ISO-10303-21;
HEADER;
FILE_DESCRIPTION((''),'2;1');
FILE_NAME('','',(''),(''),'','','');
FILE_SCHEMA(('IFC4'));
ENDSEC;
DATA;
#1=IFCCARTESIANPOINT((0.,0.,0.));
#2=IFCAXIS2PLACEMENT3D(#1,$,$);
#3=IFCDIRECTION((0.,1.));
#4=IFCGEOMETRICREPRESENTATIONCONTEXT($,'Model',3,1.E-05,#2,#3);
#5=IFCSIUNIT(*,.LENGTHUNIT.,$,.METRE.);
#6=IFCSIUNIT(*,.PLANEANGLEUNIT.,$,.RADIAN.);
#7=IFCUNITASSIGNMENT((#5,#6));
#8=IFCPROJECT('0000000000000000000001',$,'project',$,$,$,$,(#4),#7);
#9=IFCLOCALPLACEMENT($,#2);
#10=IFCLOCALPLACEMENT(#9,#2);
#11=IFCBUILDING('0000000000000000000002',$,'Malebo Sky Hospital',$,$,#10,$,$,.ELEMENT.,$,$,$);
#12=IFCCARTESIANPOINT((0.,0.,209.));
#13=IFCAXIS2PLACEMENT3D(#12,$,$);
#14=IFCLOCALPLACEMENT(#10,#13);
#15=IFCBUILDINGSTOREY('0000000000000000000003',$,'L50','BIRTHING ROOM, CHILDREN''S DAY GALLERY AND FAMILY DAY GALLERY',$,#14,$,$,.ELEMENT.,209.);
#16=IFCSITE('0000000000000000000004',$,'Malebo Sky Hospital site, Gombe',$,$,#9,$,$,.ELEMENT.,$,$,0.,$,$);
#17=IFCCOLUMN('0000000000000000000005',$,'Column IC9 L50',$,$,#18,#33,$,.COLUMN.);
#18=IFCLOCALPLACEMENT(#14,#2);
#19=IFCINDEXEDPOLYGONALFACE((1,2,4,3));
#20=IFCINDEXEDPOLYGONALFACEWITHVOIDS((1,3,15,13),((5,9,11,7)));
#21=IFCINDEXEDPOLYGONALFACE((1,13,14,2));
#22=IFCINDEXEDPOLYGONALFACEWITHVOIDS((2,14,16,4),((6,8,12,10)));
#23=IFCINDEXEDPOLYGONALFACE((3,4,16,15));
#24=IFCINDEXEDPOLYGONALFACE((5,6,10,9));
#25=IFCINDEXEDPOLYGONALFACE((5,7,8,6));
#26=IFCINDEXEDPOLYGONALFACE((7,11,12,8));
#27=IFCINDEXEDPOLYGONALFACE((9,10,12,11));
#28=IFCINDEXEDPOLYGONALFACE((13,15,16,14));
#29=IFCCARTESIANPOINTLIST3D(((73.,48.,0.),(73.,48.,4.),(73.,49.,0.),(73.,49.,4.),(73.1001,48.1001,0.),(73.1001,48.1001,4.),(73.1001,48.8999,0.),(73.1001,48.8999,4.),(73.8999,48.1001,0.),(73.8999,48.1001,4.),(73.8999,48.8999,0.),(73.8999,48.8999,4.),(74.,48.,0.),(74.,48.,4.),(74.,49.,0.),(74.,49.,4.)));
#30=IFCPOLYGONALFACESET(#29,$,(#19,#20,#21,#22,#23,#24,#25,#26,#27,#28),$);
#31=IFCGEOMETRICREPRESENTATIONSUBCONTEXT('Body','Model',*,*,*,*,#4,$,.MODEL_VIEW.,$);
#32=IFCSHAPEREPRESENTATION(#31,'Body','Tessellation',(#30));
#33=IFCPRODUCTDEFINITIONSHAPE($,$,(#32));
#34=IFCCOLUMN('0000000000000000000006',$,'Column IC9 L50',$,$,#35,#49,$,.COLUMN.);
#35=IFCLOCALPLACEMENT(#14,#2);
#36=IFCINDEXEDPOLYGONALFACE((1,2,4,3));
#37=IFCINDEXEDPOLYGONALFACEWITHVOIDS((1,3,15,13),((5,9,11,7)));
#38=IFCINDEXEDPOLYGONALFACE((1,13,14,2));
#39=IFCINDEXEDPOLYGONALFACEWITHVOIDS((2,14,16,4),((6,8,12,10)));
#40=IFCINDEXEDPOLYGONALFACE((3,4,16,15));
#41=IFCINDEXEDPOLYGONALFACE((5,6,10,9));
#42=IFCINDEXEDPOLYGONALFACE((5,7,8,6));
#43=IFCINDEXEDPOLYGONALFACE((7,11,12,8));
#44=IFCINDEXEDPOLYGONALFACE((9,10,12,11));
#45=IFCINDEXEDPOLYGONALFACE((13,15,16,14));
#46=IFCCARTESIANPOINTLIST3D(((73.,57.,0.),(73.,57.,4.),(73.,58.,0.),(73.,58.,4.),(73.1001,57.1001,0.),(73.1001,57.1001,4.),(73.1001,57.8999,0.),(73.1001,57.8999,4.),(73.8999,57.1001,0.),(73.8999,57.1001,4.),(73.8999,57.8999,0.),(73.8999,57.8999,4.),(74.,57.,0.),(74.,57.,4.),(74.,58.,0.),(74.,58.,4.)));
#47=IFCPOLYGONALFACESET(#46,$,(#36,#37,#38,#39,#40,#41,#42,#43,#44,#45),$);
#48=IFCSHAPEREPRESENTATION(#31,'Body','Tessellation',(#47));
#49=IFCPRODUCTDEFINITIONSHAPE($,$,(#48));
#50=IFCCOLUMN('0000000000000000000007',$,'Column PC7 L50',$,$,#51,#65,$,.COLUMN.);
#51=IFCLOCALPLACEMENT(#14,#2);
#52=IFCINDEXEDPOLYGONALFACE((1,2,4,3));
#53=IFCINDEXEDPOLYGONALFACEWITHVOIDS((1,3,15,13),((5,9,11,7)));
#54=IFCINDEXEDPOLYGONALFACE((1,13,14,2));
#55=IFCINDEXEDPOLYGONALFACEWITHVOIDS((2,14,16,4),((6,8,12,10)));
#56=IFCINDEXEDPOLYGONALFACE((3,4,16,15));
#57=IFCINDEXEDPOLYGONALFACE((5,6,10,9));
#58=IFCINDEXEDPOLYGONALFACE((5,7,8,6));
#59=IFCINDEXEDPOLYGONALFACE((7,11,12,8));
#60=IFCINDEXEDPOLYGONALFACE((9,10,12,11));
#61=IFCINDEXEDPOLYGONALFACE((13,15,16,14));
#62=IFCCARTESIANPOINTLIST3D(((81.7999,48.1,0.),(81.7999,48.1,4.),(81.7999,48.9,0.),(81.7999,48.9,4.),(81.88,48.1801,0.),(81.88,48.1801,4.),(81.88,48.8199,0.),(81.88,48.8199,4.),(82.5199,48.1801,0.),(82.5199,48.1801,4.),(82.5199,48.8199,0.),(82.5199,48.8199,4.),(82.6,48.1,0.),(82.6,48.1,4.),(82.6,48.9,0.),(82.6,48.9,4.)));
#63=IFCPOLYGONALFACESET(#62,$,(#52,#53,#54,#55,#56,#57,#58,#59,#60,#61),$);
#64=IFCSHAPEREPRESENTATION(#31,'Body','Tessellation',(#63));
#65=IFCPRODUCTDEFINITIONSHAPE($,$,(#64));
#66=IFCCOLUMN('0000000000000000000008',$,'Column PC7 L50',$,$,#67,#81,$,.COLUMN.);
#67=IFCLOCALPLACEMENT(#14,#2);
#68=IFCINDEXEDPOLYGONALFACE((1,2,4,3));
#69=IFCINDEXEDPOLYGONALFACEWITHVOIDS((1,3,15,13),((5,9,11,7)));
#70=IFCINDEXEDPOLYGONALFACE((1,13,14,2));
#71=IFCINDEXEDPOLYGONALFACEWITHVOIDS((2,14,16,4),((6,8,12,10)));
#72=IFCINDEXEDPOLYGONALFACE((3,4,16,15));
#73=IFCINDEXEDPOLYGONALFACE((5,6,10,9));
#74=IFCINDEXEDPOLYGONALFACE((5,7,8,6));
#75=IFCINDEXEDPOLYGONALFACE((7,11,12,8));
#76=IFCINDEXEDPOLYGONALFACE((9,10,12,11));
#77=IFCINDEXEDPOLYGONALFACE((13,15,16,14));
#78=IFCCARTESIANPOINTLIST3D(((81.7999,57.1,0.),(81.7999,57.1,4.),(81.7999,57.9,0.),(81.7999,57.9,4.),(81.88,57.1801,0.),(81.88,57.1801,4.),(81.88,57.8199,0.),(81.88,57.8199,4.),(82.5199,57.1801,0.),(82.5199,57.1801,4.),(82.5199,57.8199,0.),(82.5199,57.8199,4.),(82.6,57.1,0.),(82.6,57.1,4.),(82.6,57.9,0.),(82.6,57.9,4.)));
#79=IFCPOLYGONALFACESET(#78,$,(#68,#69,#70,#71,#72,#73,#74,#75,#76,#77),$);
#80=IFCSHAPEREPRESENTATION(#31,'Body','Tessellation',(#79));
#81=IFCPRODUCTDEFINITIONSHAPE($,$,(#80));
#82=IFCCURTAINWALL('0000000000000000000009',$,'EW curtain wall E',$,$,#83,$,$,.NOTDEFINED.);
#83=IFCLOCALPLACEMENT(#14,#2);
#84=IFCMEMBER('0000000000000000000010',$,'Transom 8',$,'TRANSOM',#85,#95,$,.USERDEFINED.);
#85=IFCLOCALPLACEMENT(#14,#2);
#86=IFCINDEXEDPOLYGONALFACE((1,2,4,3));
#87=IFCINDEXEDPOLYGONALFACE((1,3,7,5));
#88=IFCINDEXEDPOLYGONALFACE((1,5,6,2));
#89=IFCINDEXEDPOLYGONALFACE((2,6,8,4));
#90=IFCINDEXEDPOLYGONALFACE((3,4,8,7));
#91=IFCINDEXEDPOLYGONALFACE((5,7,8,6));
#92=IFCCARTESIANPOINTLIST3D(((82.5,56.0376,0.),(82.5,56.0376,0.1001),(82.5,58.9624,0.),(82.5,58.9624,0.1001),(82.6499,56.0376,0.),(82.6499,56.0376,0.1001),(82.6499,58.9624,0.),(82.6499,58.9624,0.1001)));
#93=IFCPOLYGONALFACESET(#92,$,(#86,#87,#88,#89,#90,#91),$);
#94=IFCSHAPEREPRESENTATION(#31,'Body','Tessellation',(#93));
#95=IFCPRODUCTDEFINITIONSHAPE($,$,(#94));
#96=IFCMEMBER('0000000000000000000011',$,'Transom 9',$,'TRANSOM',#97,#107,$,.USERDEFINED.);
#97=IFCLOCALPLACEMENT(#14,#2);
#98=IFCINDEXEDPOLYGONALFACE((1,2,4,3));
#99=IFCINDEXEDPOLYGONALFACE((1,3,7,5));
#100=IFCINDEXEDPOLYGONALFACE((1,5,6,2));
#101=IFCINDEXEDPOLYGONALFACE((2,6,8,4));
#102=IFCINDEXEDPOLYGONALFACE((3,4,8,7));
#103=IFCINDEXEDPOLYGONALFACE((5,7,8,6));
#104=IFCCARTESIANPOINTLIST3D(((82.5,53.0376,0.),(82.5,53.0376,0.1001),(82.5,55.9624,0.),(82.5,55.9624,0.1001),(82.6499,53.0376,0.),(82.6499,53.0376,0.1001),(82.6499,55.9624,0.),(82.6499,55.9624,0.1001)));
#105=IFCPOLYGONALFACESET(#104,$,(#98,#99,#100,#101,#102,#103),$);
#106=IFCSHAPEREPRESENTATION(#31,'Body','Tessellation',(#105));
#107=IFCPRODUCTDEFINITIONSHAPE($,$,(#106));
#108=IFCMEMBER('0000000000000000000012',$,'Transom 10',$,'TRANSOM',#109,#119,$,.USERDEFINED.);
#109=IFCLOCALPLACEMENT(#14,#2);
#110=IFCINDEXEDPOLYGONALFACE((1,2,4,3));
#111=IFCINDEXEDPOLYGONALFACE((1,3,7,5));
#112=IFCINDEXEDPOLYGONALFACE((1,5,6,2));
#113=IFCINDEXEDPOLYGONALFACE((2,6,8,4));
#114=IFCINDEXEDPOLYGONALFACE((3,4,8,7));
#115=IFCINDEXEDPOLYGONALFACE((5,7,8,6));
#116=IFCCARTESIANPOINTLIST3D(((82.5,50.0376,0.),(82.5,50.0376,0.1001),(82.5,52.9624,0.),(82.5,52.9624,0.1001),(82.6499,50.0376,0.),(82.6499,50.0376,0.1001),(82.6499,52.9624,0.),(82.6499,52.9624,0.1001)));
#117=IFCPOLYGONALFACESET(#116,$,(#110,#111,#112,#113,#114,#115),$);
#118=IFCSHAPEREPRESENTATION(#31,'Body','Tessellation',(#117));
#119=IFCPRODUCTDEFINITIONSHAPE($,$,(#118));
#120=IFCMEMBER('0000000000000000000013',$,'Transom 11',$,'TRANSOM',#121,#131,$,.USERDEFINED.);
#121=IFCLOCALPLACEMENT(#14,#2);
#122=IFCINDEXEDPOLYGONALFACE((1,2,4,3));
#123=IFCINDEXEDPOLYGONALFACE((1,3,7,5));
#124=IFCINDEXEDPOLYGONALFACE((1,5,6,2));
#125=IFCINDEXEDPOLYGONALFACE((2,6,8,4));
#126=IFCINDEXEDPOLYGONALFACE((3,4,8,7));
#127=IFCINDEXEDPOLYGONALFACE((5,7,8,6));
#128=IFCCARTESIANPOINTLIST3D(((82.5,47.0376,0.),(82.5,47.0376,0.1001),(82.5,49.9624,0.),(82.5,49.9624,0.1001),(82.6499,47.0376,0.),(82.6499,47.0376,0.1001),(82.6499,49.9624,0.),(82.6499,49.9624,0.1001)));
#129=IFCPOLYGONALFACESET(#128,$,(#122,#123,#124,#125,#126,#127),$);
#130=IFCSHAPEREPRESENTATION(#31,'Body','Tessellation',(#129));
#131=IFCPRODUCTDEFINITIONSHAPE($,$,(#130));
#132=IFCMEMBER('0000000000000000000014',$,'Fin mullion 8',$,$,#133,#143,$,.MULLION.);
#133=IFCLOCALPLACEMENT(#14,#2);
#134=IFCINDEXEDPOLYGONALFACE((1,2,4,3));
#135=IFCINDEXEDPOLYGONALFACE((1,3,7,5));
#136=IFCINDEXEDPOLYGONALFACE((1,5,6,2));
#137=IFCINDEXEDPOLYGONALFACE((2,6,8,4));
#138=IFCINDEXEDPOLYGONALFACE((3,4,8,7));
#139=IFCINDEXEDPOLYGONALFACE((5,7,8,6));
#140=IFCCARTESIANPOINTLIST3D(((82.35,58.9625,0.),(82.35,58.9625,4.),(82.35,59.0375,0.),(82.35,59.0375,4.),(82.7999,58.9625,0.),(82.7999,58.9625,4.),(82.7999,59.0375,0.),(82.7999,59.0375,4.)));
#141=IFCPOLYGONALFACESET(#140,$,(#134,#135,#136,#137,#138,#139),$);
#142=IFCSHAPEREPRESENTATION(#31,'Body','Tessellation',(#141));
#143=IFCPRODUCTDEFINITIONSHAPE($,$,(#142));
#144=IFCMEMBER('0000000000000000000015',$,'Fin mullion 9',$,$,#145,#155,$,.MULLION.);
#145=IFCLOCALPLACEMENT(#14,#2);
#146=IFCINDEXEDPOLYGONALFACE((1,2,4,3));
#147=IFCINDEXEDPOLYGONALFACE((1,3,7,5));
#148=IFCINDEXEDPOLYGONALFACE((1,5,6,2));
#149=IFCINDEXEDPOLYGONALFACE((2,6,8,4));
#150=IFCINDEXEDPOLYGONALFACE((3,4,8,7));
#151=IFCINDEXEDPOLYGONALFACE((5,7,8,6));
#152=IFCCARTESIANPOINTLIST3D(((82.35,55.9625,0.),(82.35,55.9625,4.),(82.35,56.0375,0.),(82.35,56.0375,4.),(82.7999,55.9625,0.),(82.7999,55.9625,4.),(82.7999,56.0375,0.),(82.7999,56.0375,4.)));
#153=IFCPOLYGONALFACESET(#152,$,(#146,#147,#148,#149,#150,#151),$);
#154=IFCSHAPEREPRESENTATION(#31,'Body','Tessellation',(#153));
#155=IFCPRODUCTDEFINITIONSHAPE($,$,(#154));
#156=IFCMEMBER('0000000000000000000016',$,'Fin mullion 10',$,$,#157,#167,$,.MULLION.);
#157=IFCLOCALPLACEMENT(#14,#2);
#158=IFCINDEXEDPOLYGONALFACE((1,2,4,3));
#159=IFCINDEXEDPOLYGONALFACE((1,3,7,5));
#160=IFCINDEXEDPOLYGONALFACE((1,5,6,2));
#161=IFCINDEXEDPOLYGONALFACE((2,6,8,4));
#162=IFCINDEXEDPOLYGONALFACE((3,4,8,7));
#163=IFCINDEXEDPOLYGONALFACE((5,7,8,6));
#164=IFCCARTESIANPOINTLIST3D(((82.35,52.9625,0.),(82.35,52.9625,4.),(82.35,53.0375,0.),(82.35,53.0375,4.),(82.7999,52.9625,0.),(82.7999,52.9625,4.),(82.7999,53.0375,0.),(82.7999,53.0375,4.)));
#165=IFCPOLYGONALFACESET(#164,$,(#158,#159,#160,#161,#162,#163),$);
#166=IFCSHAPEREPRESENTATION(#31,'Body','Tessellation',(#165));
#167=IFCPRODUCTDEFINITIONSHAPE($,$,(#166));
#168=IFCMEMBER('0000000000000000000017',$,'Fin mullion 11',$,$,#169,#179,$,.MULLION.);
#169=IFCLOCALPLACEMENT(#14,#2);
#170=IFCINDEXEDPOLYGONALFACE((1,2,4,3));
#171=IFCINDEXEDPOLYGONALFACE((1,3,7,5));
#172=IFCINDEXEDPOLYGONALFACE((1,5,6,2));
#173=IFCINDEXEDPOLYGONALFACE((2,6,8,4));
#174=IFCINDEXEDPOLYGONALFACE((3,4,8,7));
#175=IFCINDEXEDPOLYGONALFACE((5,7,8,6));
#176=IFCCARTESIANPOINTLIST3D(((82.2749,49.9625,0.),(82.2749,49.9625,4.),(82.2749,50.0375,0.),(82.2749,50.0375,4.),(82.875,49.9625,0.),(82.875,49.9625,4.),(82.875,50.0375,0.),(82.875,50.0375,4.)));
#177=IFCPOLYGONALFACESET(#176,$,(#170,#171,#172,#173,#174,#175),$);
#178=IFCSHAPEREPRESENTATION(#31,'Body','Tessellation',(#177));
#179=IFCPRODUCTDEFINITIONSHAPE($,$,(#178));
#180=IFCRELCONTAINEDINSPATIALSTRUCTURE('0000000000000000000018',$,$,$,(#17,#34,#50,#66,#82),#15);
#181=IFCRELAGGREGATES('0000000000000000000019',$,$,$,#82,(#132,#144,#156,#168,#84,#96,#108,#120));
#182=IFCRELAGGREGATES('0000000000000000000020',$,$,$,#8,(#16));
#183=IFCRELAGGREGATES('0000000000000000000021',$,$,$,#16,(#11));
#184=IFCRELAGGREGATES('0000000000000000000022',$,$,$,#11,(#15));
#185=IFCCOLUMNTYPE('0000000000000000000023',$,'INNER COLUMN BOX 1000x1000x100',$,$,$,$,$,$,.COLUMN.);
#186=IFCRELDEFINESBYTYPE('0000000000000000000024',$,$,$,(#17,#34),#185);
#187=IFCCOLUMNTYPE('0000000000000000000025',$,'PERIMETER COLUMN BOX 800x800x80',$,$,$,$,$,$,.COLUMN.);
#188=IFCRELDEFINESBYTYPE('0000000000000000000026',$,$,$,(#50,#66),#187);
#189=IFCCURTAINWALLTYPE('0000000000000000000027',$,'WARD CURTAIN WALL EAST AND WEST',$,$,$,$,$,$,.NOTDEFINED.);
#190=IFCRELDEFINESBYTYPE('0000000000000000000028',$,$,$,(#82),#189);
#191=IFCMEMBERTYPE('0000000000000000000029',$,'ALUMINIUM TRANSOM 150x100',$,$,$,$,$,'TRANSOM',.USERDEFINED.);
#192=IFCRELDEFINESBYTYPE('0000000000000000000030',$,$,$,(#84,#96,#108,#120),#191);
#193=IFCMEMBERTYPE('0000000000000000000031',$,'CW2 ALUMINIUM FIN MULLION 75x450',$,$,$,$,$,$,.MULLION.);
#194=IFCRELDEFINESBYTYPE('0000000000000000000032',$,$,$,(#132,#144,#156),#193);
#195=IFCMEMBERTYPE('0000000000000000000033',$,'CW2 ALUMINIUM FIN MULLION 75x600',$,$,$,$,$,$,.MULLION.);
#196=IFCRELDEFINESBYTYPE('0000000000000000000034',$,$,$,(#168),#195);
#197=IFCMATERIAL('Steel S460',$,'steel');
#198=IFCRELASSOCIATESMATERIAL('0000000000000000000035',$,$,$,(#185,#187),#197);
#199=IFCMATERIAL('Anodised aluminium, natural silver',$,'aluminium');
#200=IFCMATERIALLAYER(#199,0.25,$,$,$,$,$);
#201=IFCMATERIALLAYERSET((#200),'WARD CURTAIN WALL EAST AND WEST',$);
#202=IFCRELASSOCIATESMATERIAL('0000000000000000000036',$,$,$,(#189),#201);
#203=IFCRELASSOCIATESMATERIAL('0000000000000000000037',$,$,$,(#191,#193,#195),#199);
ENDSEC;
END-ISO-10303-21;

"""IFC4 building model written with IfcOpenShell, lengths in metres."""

from ifc_helpers import new_model, si_unit, direction, frame, origin, origin_2d, place, context, subcontext, project, spatial, rectangle, hollow_rectangle, extrude, material, layer, layer_set, material_profile, profile_set, type_object, element, aggregate, save


model = new_model("IFC4")

# Units and contexts
model_context = context("Model", 3, precision=1e-05, world=origin(), true_north=direction((0.0, 1.0)))
body_context = subcontext(model_context, "Body", "Model", "MODEL_VIEW")
ifc_project = project(units=[si_unit("LENGTHUNIT", "METRE"), si_unit("PLANEANGLEUNIT", "RADIAN")], contexts=[model_context])

# Site, building, storey
site_placement = place(None, origin())
site = spatial("IfcSite", under=ifc_project, at=site_placement, Name="Malebo Sky Hospital site, Gombe", CompositionType="ELEMENT", RefElevation=0.0)
building_placement = place(site_placement, origin())
building = spatial("IfcBuilding", under=site, at=building_placement, Name="Malebo Sky Hospital", CompositionType="ELEMENT")
storey_placement = place(building_placement, frame((0.0, 0.0, 209.0)))
storey = spatial("IfcBuildingStorey", under=building, at=storey_placement, Name="L50", Description="BIRTHING ROOM, CHILDREN'S DAY GALLERY AND FAMILY DAY GALLERY", CompositionType="ELEMENT", Elevation=209.0)

# Columns
ifc_material_1 = material(Name="Steel S460", Category="steel")
ifc_material_profile_1 = material_profile(ifc_material_1, hollow_rectangle(XDim=1.0, YDim=1.0, WallThickness=0.1001, at=origin_2d()), Name="BOX 1000x1000x100")
ifc_profile_set_1 = profile_set([ifc_material_profile_1], Name="Steel S460")
column_type_1 = type_object("IfcColumnType", Name="INNER COLUMN BOX 1000x1000x100", PredefinedType="COLUMN", material=ifc_profile_set_1)
for number, where, z_axis, x_axis, name in (
    (1, (73.5, 48.5, 0.0), (0.0, 0.0, 1.0), (1.0, 0.0, 0.0), "Column IC9 L50"),
    (2, (73.5, 57.5, 0.0), (0.0, 0.0, 1.0), (1.0, 0.0, 0.0), "Column IC9 L50"),
):
    element("IfcColumn", number, at=place(storey_placement, frame(where, z_axis=z_axis, x_axis=x_axis)), inside=storey, type_object=column_type_1, Name=name, PredefinedType="COLUMN", context=body_context, shape_type="SweptSolid", body=[
        extrude(hollow_rectangle(XDim=1.0, YDim=1.0, WallThickness=0.1001, at=origin_2d()), origin(), (0.0, 0.0, 1.0), 4.0),
    ])
ifc_material_profile_2 = material_profile(ifc_material_1, hollow_rectangle(XDim=0.8, YDim=0.8, WallThickness=0.0801, at=origin_2d()), Name="BOX 800x800x80")
ifc_profile_set_2 = profile_set([ifc_material_profile_2], Name="Steel S460")
column_type_2 = type_object("IfcColumnType", Name="PERIMETER COLUMN BOX 800x800x80", PredefinedType="COLUMN", material=ifc_profile_set_2)
for number, where, z_axis, x_axis, name in (
    (3, (82.2, 48.5, 0.0), (0.0, 0.0, 1.0), (1.0, 0.0, 0.0), "Column PC7 L50"),
    (4, (82.2, 57.5, 0.0), (0.0, 0.0, 1.0), (1.0, 0.0, 0.0), "Column PC7 L50"),
):
    element("IfcColumn", number, at=place(storey_placement, frame(where, z_axis=z_axis, x_axis=x_axis)), inside=storey, type_object=column_type_2, Name=name, PredefinedType="COLUMN", context=body_context, shape_type="SweptSolid", body=[
        extrude(hollow_rectangle(XDim=0.8, YDim=0.8, WallThickness=0.0801, at=origin_2d()), origin(), (0.0, 0.0, 1.0), 4.0),
    ])

# Curtain wall, members
ifc_material_2 = material(Name="Anodised aluminium, natural silver", Category="aluminium")
ifc_layer_1 = layer(ifc_material_2, 0.25)
ifc_layer_set_1 = layer_set([ifc_layer_1], Name="WARD CURTAIN WALL EAST AND WEST")
curtain_wall_type = type_object("IfcCurtainWallType", Name="WARD CURTAIN WALL EAST AND WEST", PredefinedType="NOTDEFINED", material=ifc_layer_set_1)
curtain_wall_placement = place(storey_placement, origin())
curtain_wall = element("IfcCurtainWall", 5, at=curtain_wall_placement, inside=storey, type_object=curtain_wall_type, Name="EW curtain wall E", PredefinedType="NOTDEFINED")
ifc_material_profile_3 = material_profile(ifc_material_2, rectangle(XDim=0.1499, YDim=0.1001, at=origin_2d()), Name="ALUMINIUM TRANSOM 150x100")
ifc_profile_set_3 = profile_set([ifc_material_profile_3], Name="Anodised aluminium, natural silver")
member_type_1 = type_object("IfcMemberType", Name="ALUMINIUM TRANSOM 150x100", ElementType="TRANSOM", PredefinedType="USERDEFINED", material=ifc_profile_set_3)
member_1_placement = place(storey_placement, frame((82.575, 58.9624, 0.05), z_axis=(0.0, -1.0, 0.0), x_axis=(1.0, 0.0, 0.0)))
member_1 = element("IfcMember", 6, at=member_1_placement, type_object=member_type_1, Name="Transom 8", ObjectType="TRANSOM", PredefinedType="USERDEFINED", context=body_context, shape_type="SweptSolid", body=[
    extrude(rectangle(XDim=0.1499, YDim=0.1001, at=origin_2d()), origin(), (0.0, 0.0, 1.0), 2.9248),
])
member_2_placement = place(storey_placement, frame((82.575, 55.9624, 0.05), z_axis=(0.0, -1.0, 0.0), x_axis=(1.0, 0.0, 0.0)))
member_2 = element("IfcMember", 7, at=member_2_placement, type_object=member_type_1, Name="Transom 9", ObjectType="TRANSOM", PredefinedType="USERDEFINED", context=body_context, shape_type="SweptSolid", body=[
    extrude(rectangle(XDim=0.1499, YDim=0.1001, at=origin_2d()), origin(), (0.0, 0.0, 1.0), 2.9248),
])
member_3_placement = place(storey_placement, frame((82.575, 52.9624, 0.05), z_axis=(0.0, -1.0, 0.0), x_axis=(1.0, 0.0, 0.0)))
member_3 = element("IfcMember", 8, at=member_3_placement, type_object=member_type_1, Name="Transom 10", ObjectType="TRANSOM", PredefinedType="USERDEFINED", context=body_context, shape_type="SweptSolid", body=[
    extrude(rectangle(XDim=0.1499, YDim=0.1001, at=origin_2d()), origin(), (0.0, 0.0, 1.0), 2.9248),
])
member_4_placement = place(storey_placement, frame((82.575, 49.9624, 0.05), z_axis=(0.0, -1.0, 0.0), x_axis=(1.0, 0.0, 0.0)))
member_4 = element("IfcMember", 9, at=member_4_placement, type_object=member_type_1, Name="Transom 11", ObjectType="TRANSOM", PredefinedType="USERDEFINED", context=body_context, shape_type="SweptSolid", body=[
    extrude(rectangle(XDim=0.1499, YDim=0.1001, at=origin_2d()), origin(), (0.0, 0.0, 1.0), 2.9248),
])
ifc_material_profile_4 = material_profile(ifc_material_2, rectangle(XDim=0.075, YDim=0.45, at=origin_2d()), Name="CW2 ALUMINIUM FIN MULLION 75x450")
ifc_profile_set_4 = profile_set([ifc_material_profile_4], Name="Anodised aluminium, natural silver")
member_type_2 = type_object("IfcMemberType", Name="CW2 ALUMINIUM FIN MULLION 75x450", PredefinedType="MULLION", material=ifc_profile_set_4)
member_5_placement = place(storey_placement, frame((82.575, 59.0, 0.0), z_axis=(0.0, 0.0, 1.0), x_axis=(0.0, -1.0, 0.0)))
member_5 = element("IfcMember", 10, at=member_5_placement, type_object=member_type_2, Name="Fin mullion 8", PredefinedType="MULLION", context=body_context, shape_type="SweptSolid", body=[
    extrude(rectangle(XDim=0.075, YDim=0.45, at=origin_2d()), origin(), (0.0, 0.0, 1.0), 4.0),
])
member_6_placement = place(storey_placement, frame((82.575, 56.0, 0.0), z_axis=(0.0, 0.0, 1.0), x_axis=(0.0, -1.0, 0.0)))
member_6 = element("IfcMember", 11, at=member_6_placement, type_object=member_type_2, Name="Fin mullion 9", PredefinedType="MULLION", context=body_context, shape_type="SweptSolid", body=[
    extrude(rectangle(XDim=0.075, YDim=0.45, at=origin_2d()), origin(), (0.0, 0.0, 1.0), 4.0),
])
member_7_placement = place(storey_placement, frame((82.575, 53.0, 0.0), z_axis=(0.0, 0.0, 1.0), x_axis=(0.0, -1.0, 0.0)))
member_7 = element("IfcMember", 12, at=member_7_placement, type_object=member_type_2, Name="Fin mullion 10", PredefinedType="MULLION", context=body_context, shape_type="SweptSolid", body=[
    extrude(rectangle(XDim=0.075, YDim=0.45, at=origin_2d()), origin(), (0.0, 0.0, 1.0), 4.0),
])
ifc_material_profile_5 = material_profile(ifc_material_2, rectangle(XDim=0.075, YDim=0.6001, at=origin_2d()), Name="CW2 ALUMINIUM FIN MULLION 75x600")
ifc_profile_set_5 = profile_set([ifc_material_profile_5], Name="Anodised aluminium, natural silver")
member_type_3 = type_object("IfcMemberType", Name="CW2 ALUMINIUM FIN MULLION 75x600", PredefinedType="MULLION", material=ifc_profile_set_5)
member_8_placement = place(storey_placement, frame((82.575, 50.0, 0.0), z_axis=(0.0, 0.0, 1.0), x_axis=(0.0, -1.0, 0.0)))
member_8 = element("IfcMember", 13, at=member_8_placement, type_object=member_type_3, Name="Fin mullion 11", PredefinedType="MULLION", context=body_context, shape_type="SweptSolid", body=[
    extrude(rectangle(XDim=0.075, YDim=0.6001, at=origin_2d()), origin(), (0.0, 0.0, 1.0), 4.0),
])

aggregate(curtain_wall, [member_5, member_6, member_7, member_8, member_1, member_2, member_3, member_4])

save(model, "model.ifc")
